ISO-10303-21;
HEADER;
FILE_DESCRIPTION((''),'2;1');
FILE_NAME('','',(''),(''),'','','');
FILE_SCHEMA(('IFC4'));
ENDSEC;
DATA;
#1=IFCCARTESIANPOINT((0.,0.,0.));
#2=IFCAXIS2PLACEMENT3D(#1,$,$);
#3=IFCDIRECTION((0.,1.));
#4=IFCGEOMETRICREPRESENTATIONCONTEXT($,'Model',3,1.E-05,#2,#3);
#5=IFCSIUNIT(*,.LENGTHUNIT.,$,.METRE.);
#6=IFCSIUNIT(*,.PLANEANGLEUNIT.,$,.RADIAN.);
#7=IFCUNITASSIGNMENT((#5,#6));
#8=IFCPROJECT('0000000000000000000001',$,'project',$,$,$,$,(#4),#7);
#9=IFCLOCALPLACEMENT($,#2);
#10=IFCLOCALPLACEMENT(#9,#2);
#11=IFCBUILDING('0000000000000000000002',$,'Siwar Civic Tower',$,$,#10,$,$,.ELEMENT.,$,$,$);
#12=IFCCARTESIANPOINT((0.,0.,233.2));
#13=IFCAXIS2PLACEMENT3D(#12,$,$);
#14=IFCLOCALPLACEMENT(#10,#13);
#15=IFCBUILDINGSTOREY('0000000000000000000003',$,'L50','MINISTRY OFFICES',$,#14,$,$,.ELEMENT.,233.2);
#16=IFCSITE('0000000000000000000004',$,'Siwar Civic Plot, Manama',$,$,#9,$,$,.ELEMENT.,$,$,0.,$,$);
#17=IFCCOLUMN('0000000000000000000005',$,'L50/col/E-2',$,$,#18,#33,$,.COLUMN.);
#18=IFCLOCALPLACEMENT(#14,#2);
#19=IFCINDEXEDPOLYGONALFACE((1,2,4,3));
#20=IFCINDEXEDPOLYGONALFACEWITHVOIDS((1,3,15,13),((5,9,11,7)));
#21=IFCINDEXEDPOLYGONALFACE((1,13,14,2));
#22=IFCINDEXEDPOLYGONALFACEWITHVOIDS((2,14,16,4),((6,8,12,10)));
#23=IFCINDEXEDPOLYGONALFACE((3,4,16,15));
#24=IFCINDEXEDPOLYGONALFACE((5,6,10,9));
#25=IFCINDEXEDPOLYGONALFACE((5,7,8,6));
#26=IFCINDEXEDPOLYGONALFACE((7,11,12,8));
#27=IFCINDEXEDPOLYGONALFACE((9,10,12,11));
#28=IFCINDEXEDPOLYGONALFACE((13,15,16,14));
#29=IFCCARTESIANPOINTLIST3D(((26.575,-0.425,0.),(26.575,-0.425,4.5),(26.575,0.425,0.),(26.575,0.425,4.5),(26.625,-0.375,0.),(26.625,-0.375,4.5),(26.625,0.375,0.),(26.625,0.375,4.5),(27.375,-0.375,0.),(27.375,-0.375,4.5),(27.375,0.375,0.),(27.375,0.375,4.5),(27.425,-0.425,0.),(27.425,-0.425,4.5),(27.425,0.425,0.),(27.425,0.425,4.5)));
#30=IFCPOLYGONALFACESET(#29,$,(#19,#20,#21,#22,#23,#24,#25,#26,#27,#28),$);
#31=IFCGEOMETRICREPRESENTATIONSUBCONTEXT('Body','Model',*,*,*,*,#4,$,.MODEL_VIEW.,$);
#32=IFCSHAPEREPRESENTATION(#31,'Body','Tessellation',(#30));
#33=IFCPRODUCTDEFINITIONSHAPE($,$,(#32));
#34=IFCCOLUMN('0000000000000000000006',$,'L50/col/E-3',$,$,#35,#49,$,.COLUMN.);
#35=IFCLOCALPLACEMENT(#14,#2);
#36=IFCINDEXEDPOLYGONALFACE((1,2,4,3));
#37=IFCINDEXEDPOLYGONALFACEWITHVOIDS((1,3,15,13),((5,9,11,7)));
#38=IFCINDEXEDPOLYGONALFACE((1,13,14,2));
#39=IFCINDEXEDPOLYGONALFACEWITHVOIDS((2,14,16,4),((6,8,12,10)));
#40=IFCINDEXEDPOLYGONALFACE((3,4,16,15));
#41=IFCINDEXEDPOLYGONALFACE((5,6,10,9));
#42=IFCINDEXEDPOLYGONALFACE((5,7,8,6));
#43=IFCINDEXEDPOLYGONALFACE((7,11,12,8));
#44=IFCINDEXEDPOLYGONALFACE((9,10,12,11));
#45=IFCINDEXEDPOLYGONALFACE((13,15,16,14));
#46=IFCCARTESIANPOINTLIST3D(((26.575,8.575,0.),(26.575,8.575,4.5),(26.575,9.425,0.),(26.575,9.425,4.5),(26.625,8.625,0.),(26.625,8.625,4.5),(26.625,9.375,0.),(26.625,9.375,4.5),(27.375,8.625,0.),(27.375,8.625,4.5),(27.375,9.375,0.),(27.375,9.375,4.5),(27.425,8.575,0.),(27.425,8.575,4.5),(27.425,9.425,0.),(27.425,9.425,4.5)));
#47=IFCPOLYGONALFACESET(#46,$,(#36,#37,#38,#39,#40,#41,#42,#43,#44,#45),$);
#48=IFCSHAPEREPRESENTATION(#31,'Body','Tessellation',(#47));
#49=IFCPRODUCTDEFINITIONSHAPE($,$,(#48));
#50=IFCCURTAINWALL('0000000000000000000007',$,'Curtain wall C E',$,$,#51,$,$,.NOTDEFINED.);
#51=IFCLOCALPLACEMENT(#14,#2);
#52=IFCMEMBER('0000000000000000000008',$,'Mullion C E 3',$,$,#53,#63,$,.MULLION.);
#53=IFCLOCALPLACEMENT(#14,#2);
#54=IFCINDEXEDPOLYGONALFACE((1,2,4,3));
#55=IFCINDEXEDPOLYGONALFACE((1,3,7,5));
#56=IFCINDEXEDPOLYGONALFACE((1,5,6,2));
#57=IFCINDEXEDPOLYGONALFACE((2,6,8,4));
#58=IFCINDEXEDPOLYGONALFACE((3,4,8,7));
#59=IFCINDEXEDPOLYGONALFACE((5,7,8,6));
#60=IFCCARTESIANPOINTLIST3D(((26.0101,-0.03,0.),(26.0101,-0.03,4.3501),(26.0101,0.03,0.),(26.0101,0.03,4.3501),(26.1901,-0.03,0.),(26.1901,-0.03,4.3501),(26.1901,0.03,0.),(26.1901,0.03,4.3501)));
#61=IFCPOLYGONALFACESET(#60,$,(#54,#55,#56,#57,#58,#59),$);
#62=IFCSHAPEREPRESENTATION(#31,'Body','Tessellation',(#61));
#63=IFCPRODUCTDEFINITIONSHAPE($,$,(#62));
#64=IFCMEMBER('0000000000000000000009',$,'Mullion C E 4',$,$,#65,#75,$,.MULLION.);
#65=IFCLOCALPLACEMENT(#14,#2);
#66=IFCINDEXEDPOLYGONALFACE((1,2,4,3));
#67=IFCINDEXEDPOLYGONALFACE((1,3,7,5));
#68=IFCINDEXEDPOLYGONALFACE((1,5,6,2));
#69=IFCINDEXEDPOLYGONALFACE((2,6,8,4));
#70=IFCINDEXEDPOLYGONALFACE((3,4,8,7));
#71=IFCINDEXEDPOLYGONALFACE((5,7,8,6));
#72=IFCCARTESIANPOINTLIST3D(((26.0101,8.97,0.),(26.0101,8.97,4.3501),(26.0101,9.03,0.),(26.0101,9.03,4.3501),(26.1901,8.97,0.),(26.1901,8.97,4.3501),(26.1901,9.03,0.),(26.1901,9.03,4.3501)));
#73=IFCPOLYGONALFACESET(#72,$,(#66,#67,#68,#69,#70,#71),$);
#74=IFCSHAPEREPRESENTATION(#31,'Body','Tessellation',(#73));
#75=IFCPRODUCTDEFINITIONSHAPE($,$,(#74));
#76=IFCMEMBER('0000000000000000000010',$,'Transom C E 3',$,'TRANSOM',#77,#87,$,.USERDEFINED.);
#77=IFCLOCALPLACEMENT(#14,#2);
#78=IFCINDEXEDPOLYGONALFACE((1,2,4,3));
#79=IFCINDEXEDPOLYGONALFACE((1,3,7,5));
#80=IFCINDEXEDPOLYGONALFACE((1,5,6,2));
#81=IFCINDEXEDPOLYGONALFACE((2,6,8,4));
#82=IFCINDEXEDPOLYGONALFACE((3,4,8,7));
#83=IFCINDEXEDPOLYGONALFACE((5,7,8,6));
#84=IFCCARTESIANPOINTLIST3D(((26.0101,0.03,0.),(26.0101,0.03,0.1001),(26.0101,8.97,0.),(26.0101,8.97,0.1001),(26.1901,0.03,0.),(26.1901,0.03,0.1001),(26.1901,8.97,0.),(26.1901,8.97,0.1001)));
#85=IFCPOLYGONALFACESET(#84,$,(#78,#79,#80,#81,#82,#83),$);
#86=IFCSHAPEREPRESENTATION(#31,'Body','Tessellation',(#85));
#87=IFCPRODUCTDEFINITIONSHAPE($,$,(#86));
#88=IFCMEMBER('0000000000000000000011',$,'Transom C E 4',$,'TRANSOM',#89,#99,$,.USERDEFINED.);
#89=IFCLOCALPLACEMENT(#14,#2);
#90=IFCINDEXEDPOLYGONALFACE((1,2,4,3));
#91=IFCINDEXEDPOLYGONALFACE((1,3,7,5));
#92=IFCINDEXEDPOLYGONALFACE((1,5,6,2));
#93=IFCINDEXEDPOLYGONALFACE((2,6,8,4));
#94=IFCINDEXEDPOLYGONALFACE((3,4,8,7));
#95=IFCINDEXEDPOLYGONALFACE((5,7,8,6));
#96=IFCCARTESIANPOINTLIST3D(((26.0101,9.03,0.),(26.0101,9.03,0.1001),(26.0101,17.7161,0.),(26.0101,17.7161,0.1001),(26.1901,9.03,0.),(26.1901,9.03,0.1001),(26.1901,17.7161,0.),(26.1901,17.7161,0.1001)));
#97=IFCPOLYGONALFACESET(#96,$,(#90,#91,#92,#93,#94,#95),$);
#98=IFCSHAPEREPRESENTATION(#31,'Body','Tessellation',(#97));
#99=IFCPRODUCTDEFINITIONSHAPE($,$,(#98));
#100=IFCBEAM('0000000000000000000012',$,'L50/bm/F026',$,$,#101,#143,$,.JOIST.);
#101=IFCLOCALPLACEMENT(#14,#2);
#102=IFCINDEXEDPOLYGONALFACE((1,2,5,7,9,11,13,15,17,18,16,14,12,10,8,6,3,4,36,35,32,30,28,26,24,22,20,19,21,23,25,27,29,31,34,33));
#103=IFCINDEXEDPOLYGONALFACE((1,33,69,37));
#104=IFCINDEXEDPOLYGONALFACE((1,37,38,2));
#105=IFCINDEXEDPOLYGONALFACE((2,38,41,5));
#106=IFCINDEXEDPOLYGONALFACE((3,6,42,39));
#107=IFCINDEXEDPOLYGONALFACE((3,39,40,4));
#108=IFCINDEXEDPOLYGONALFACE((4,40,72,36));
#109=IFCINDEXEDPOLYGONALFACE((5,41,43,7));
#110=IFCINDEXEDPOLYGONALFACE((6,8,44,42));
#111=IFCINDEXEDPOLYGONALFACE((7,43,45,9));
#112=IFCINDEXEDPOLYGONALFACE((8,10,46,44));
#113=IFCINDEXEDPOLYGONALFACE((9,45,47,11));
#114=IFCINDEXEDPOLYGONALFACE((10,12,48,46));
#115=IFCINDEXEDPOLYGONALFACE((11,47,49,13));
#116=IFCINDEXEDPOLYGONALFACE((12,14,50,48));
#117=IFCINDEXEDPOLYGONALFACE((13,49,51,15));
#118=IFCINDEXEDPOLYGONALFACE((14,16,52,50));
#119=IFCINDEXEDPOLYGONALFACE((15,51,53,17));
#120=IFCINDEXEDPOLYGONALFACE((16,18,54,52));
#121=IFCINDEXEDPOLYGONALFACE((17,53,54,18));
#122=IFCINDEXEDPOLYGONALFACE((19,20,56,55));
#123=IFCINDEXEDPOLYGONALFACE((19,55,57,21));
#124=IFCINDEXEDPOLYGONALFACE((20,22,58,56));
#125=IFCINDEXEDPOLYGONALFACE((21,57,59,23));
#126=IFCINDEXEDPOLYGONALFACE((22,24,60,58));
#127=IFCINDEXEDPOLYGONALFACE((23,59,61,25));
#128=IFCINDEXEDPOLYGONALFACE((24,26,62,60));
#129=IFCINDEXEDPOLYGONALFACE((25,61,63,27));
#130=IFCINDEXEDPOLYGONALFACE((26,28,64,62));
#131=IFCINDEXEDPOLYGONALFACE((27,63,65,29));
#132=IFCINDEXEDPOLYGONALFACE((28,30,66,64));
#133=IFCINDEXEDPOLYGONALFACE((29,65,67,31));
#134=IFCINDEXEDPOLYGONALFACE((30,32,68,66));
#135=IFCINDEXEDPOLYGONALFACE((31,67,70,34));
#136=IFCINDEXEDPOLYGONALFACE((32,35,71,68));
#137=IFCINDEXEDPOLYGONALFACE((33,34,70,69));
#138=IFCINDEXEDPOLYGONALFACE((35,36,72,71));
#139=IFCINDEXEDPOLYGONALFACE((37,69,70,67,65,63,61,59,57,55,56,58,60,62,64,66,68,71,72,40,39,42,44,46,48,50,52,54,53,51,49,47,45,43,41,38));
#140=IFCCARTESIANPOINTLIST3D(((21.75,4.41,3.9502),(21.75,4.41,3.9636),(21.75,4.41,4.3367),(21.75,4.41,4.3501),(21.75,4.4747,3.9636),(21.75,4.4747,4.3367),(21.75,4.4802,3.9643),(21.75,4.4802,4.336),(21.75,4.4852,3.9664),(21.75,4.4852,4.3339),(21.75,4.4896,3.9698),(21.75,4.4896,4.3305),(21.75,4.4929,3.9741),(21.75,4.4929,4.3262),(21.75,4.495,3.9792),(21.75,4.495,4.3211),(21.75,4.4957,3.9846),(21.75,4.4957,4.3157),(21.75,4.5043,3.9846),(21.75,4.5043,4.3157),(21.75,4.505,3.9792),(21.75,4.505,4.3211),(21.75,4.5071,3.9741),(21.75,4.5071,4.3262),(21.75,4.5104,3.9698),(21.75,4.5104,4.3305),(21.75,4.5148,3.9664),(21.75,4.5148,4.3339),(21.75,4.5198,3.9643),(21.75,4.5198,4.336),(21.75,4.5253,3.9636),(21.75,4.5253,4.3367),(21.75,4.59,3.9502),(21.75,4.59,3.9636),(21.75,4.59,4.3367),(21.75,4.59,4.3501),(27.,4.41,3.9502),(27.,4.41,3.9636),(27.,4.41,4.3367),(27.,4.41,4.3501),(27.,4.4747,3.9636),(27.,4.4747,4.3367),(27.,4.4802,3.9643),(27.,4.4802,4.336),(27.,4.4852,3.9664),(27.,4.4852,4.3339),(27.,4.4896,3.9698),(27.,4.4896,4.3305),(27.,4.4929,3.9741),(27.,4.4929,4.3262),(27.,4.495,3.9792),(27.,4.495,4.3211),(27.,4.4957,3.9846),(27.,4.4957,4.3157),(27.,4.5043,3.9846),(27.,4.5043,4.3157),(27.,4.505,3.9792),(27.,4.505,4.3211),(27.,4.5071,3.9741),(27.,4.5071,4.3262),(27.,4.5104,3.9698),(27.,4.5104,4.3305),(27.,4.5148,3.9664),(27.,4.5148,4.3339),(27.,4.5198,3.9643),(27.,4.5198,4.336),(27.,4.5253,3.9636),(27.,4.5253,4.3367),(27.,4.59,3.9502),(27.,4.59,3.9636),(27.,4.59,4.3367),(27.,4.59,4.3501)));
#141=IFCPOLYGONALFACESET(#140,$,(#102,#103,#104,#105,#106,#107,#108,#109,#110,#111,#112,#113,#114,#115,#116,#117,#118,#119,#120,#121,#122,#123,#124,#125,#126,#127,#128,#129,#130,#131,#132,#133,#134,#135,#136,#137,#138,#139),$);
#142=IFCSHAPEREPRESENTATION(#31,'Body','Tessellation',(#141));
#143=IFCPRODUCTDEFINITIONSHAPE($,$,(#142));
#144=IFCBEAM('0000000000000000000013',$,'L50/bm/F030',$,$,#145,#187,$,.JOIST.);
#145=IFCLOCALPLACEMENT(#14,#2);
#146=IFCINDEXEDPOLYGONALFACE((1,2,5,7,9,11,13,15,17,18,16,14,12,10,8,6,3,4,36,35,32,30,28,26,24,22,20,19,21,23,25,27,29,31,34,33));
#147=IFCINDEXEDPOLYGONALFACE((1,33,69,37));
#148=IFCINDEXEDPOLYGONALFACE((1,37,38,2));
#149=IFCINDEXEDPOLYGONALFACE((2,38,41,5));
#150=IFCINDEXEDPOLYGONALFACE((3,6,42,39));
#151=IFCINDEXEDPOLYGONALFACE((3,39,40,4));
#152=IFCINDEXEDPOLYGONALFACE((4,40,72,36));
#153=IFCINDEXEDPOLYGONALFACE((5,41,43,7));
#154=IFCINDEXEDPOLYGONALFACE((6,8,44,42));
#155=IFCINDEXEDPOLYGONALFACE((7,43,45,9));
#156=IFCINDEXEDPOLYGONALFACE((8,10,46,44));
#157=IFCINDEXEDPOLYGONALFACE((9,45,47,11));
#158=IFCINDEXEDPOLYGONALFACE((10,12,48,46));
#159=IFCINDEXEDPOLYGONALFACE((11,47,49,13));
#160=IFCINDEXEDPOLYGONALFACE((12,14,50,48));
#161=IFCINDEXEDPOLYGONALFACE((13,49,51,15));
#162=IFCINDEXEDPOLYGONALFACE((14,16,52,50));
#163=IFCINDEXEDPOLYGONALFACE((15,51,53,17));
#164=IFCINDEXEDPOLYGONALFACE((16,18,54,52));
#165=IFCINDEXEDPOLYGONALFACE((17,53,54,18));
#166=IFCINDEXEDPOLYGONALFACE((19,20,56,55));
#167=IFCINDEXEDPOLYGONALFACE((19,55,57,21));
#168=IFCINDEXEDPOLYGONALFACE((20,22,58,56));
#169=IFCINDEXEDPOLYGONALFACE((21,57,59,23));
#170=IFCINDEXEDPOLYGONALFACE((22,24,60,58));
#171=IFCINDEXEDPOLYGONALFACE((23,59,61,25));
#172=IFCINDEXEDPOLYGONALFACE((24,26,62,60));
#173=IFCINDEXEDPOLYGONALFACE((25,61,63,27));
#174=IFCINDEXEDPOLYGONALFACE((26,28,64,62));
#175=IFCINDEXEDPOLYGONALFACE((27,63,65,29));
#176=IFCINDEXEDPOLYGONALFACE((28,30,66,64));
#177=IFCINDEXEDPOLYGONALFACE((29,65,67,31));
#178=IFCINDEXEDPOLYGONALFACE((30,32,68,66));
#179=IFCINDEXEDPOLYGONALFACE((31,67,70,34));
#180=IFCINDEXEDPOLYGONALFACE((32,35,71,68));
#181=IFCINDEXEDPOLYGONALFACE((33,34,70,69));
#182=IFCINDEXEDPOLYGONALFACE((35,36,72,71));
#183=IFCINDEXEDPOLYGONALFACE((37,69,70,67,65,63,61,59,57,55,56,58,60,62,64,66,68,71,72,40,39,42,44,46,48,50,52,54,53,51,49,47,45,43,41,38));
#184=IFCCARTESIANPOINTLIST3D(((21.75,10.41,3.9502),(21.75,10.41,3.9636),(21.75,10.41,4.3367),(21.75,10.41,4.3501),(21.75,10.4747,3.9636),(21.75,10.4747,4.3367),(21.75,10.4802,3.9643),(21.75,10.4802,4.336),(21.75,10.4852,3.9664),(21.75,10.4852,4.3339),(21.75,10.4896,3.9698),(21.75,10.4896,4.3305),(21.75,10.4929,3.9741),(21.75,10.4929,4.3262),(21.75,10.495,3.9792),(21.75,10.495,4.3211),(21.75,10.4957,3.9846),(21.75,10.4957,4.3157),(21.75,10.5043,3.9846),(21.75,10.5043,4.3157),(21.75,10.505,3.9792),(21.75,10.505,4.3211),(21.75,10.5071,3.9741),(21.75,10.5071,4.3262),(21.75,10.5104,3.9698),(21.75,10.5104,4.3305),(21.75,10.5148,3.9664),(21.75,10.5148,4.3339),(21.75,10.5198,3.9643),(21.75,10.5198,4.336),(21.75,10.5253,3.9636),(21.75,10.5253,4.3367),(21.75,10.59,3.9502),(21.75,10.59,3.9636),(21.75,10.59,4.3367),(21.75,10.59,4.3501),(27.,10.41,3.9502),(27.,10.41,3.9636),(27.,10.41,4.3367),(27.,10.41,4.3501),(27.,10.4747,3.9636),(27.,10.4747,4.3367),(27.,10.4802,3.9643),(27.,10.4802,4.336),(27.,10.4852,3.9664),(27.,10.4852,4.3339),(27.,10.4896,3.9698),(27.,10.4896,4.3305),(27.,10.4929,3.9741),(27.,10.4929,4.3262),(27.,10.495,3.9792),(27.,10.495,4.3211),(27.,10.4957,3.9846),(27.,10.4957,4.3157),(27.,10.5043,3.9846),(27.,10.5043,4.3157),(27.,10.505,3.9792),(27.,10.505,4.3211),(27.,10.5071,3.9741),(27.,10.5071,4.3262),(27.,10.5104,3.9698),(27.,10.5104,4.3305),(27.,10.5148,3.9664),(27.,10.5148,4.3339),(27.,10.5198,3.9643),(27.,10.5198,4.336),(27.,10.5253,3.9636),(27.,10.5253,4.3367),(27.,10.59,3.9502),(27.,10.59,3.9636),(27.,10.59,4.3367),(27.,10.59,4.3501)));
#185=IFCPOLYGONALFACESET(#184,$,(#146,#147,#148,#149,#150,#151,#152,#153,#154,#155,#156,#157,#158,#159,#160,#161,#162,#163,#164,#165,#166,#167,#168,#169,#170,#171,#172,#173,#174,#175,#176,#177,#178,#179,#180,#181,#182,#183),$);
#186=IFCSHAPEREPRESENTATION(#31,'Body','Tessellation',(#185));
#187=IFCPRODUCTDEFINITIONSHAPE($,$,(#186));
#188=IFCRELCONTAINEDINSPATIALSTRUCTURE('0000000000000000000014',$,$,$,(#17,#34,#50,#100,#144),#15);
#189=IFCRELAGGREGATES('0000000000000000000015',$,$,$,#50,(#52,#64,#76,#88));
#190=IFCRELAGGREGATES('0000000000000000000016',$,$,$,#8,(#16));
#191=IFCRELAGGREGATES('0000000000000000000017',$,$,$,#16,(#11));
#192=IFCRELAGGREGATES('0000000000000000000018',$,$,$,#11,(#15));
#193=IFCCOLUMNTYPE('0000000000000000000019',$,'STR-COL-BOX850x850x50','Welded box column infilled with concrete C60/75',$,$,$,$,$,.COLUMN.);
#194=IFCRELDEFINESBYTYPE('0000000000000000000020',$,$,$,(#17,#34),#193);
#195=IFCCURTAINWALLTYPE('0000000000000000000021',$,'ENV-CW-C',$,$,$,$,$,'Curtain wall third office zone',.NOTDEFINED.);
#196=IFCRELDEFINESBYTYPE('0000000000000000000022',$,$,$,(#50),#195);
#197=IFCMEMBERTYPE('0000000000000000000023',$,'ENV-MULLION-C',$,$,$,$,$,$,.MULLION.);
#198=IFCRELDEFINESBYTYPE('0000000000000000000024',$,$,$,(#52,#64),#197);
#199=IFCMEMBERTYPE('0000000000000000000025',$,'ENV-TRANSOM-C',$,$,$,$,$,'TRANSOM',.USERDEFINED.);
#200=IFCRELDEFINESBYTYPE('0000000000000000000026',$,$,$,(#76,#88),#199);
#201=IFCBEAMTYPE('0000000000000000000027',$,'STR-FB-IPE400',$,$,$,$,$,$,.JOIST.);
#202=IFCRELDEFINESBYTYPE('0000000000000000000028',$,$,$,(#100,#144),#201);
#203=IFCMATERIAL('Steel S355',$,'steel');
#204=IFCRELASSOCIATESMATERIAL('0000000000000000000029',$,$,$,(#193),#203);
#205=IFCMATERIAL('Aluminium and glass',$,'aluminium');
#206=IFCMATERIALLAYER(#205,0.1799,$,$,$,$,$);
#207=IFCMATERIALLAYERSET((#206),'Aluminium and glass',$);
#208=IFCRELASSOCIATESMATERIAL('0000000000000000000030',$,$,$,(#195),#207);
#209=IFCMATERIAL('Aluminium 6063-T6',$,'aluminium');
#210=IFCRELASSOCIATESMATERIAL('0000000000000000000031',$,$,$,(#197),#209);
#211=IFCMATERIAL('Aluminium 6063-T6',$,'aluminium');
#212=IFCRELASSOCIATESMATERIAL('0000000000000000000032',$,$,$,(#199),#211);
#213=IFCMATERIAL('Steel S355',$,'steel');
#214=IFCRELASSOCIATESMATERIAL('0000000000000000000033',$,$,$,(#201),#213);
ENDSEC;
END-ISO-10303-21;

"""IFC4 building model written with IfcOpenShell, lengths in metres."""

from ifc_helpers import new_model, si_unit, direction, frame, origin, origin_2d, place, context, subcontext, project, spatial, rectangle, hollow_rectangle, i_section, extrude, material, layer, layer_set, material_profile, profile_set, type_object, element, aggregate, save


model = new_model("IFC4")

# Units and contexts
model_context = context("Model", 3, precision=1e-05, world=origin(), true_north=direction((0.0, 1.0)))
body_context = subcontext(model_context, "Body", "Model", "MODEL_VIEW")
ifc_project = project(units=[si_unit("LENGTHUNIT", "METRE"), si_unit("PLANEANGLEUNIT", "RADIAN")], contexts=[model_context])

# Site, building, storey
site_placement = place(None, origin())
site = spatial("IfcSite", under=ifc_project, at=site_placement, Name="Siwar Civic Plot, Manama", CompositionType="ELEMENT", RefElevation=0.0)
building_placement = place(site_placement, origin())
building = spatial("IfcBuilding", under=site, at=building_placement, Name="Siwar Civic Tower", CompositionType="ELEMENT")
storey_placement = place(building_placement, frame((0.0, 0.0, 233.2)))
storey = spatial("IfcBuildingStorey", under=building, at=storey_placement, Name="L50", Description="MINISTRY OFFICES", CompositionType="ELEMENT", Elevation=233.2)

# Columns
ifc_material_1 = material(Name="Steel S355", Category="steel")
ifc_material_profile_1 = material_profile(ifc_material_1, hollow_rectangle(XDim=0.8501, YDim=0.8501, WallThickness=0.05, at=origin_2d()), Name="BOX850x850x50")
ifc_profile_set_1 = profile_set([ifc_material_profile_1], Name="Steel S355")
column_type = type_object("IfcColumnType", Name="STR-COL-BOX850x850x50", Description="Welded box column infilled with concrete C60/75", PredefinedType="COLUMN", material=ifc_profile_set_1)
for number, where, z_axis, x_axis, name in (
    (1, (27.0, 0.0, 0.0), (0.0, 0.0, 1.0), (1.0, 0.0, 0.0), "L50/col/E-2"),
    (2, (27.0, 9.0, 0.0), (0.0, 0.0, 1.0), (1.0, 0.0, 0.0), "L50/col/E-3"),
):
    element("IfcColumn", number, at=place(storey_placement, frame(where, z_axis=z_axis, x_axis=x_axis)), inside=storey, type_object=column_type, Name=name, PredefinedType="COLUMN", context=body_context, shape_type="SweptSolid", body=[
        extrude(hollow_rectangle(XDim=0.8501, YDim=0.8501, WallThickness=0.05, at=origin_2d()), origin(), (0.0, 0.0, 1.0), 4.5),
    ])

# Curtain wall, members
ifc_material_2 = material(Name="Aluminium and glass", Category="aluminium")
ifc_layer_1 = layer(ifc_material_2, 0.1799)
ifc_layer_set_1 = layer_set([ifc_layer_1], Name="Aluminium and glass")
curtain_wall_type = type_object("IfcCurtainWallType", Name="ENV-CW-C", ElementType="Curtain wall third office zone", PredefinedType="NOTDEFINED", material=ifc_layer_set_1)
curtain_wall_placement = place(storey_placement, origin())
curtain_wall = element("IfcCurtainWall", 3, at=curtain_wall_placement, inside=storey, type_object=curtain_wall_type, Name="Curtain wall C E", PredefinedType="NOTDEFINED")
ifc_material_3 = material(Name="Aluminium 6063-T6", Category="aluminium")
ifc_material_profile_2 = material_profile(ifc_material_3, rectangle(XDim=0.1799, YDim=0.0601, at=origin_2d()), Name="AL 180x60")
ifc_profile_set_2 = profile_set([ifc_material_profile_2], Name="Aluminium 6063-T6")
member_type_1 = type_object("IfcMemberType", Name="ENV-MULLION-C", PredefinedType="MULLION", material=ifc_profile_set_2)
member_1_placement = place(storey_placement, frame((26.1001, 0.0, 0.0), z_axis=(0.0, 0.0, 1.0), x_axis=(-1.0, 0.0, 0.0)))
member_1 = element("IfcMember", 4, at=member_1_placement, type_object=member_type_1, Name="Mullion C E 3", PredefinedType="MULLION", context=body_context, shape_type="SweptSolid", body=[
    extrude(rectangle(XDim=0.1799, YDim=0.0601, at=origin_2d()), origin(), (0.0, 0.0, 1.0), 4.3501),
])
member_2_placement = place(storey_placement, frame((26.1001, 9.0, 0.0), z_axis=(0.0, 0.0, 1.0), x_axis=(-1.0, 0.0, 0.0)))
member_2 = element("IfcMember", 5, at=member_2_placement, type_object=member_type_1, Name="Mullion C E 4", PredefinedType="MULLION", context=body_context, shape_type="SweptSolid", body=[
    extrude(rectangle(XDim=0.1799, YDim=0.0601, at=origin_2d()), origin(), (0.0, 0.0, 1.0), 4.3501),
])
ifc_material_4 = material(Name="Aluminium 6063-T6", Category="aluminium")
ifc_material_profile_3 = material_profile(ifc_material_4, rectangle(XDim=0.1799, YDim=0.1001, at=origin_2d()), Name="AL 180x100")
ifc_profile_set_3 = profile_set([ifc_material_profile_3], Name="Aluminium 6063-T6")
member_type_2 = type_object("IfcMemberType", Name="ENV-TRANSOM-C", ElementType="TRANSOM", PredefinedType="USERDEFINED", material=ifc_profile_set_3)
member_3_placement = place(storey_placement, frame((26.1001, 0.03, 0.05), z_axis=(0.0, 1.0, 0.0), x_axis=(-1.0, 0.0, 0.0)))
member_3 = element("IfcMember", 6, at=member_3_placement, type_object=member_type_2, Name="Transom C E 3", ObjectType="TRANSOM", PredefinedType="USERDEFINED", context=body_context, shape_type="SweptSolid", body=[
    extrude(rectangle(XDim=0.1799, YDim=0.1001, at=origin_2d()), origin(), (0.0, 0.0, 1.0), 8.9399),
])
member_4_placement = place(storey_placement, frame((26.1001, 9.03, 0.05), z_axis=(0.0, 1.0, 0.0), x_axis=(-1.0, 0.0, 0.0)))
member_4 = element("IfcMember", 7, at=member_4_placement, type_object=member_type_2, Name="Transom C E 4", ObjectType="TRANSOM", PredefinedType="USERDEFINED", context=body_context, shape_type="SweptSolid", body=[
    extrude(rectangle(XDim=0.1799, YDim=0.1001, at=origin_2d()), origin(), (0.0, 0.0, 1.0), 8.686),
])

# Beams
ifc_material_5 = material(Name="Steel S355", Category="steel")
ifc_material_profile_4 = material_profile(ifc_material_5, i_section(OverallWidth=0.1799, OverallDepth=0.3999, WebThickness=0.0085, FlangeThickness=0.0134, FilletRadius=0.021, at=origin_2d()), Name="IPE400")
ifc_profile_set_4 = profile_set([ifc_material_profile_4], Name="Steel S355")
beam_type_1 = type_object("IfcBeamType", Name="STR-FB-IPE400", PredefinedType="JOIST", material=ifc_profile_set_4)
for number, where, z_axis, x_axis, name in (
    (8, (21.75, 4.5, 4.1501), (1.0, 0.0, 0.0), (0.0, 1.0, 0.0), "L50/bm/F026"),
    (9, (21.75, 10.5, 4.1501), (1.0, 0.0, 0.0), (0.0, 1.0, 0.0), "L50/bm/F030"),
):
    element("IfcBeam", number, at=place(storey_placement, frame(where, z_axis=z_axis, x_axis=x_axis)), inside=storey, type_object=beam_type_1, Name=name, PredefinedType="JOIST", context=body_context, shape_type="SweptSolid", body=[
        extrude(i_section(OverallWidth=0.1799, OverallDepth=0.3999, WebThickness=0.0085, FlangeThickness=0.0134, FilletRadius=0.021, at=origin_2d()), origin(), (0.0, 0.0, 1.0), 5.25),
    ])

aggregate(curtain_wall, [member_1, member_2, member_3, member_4])

save(model, "model.ifc")
